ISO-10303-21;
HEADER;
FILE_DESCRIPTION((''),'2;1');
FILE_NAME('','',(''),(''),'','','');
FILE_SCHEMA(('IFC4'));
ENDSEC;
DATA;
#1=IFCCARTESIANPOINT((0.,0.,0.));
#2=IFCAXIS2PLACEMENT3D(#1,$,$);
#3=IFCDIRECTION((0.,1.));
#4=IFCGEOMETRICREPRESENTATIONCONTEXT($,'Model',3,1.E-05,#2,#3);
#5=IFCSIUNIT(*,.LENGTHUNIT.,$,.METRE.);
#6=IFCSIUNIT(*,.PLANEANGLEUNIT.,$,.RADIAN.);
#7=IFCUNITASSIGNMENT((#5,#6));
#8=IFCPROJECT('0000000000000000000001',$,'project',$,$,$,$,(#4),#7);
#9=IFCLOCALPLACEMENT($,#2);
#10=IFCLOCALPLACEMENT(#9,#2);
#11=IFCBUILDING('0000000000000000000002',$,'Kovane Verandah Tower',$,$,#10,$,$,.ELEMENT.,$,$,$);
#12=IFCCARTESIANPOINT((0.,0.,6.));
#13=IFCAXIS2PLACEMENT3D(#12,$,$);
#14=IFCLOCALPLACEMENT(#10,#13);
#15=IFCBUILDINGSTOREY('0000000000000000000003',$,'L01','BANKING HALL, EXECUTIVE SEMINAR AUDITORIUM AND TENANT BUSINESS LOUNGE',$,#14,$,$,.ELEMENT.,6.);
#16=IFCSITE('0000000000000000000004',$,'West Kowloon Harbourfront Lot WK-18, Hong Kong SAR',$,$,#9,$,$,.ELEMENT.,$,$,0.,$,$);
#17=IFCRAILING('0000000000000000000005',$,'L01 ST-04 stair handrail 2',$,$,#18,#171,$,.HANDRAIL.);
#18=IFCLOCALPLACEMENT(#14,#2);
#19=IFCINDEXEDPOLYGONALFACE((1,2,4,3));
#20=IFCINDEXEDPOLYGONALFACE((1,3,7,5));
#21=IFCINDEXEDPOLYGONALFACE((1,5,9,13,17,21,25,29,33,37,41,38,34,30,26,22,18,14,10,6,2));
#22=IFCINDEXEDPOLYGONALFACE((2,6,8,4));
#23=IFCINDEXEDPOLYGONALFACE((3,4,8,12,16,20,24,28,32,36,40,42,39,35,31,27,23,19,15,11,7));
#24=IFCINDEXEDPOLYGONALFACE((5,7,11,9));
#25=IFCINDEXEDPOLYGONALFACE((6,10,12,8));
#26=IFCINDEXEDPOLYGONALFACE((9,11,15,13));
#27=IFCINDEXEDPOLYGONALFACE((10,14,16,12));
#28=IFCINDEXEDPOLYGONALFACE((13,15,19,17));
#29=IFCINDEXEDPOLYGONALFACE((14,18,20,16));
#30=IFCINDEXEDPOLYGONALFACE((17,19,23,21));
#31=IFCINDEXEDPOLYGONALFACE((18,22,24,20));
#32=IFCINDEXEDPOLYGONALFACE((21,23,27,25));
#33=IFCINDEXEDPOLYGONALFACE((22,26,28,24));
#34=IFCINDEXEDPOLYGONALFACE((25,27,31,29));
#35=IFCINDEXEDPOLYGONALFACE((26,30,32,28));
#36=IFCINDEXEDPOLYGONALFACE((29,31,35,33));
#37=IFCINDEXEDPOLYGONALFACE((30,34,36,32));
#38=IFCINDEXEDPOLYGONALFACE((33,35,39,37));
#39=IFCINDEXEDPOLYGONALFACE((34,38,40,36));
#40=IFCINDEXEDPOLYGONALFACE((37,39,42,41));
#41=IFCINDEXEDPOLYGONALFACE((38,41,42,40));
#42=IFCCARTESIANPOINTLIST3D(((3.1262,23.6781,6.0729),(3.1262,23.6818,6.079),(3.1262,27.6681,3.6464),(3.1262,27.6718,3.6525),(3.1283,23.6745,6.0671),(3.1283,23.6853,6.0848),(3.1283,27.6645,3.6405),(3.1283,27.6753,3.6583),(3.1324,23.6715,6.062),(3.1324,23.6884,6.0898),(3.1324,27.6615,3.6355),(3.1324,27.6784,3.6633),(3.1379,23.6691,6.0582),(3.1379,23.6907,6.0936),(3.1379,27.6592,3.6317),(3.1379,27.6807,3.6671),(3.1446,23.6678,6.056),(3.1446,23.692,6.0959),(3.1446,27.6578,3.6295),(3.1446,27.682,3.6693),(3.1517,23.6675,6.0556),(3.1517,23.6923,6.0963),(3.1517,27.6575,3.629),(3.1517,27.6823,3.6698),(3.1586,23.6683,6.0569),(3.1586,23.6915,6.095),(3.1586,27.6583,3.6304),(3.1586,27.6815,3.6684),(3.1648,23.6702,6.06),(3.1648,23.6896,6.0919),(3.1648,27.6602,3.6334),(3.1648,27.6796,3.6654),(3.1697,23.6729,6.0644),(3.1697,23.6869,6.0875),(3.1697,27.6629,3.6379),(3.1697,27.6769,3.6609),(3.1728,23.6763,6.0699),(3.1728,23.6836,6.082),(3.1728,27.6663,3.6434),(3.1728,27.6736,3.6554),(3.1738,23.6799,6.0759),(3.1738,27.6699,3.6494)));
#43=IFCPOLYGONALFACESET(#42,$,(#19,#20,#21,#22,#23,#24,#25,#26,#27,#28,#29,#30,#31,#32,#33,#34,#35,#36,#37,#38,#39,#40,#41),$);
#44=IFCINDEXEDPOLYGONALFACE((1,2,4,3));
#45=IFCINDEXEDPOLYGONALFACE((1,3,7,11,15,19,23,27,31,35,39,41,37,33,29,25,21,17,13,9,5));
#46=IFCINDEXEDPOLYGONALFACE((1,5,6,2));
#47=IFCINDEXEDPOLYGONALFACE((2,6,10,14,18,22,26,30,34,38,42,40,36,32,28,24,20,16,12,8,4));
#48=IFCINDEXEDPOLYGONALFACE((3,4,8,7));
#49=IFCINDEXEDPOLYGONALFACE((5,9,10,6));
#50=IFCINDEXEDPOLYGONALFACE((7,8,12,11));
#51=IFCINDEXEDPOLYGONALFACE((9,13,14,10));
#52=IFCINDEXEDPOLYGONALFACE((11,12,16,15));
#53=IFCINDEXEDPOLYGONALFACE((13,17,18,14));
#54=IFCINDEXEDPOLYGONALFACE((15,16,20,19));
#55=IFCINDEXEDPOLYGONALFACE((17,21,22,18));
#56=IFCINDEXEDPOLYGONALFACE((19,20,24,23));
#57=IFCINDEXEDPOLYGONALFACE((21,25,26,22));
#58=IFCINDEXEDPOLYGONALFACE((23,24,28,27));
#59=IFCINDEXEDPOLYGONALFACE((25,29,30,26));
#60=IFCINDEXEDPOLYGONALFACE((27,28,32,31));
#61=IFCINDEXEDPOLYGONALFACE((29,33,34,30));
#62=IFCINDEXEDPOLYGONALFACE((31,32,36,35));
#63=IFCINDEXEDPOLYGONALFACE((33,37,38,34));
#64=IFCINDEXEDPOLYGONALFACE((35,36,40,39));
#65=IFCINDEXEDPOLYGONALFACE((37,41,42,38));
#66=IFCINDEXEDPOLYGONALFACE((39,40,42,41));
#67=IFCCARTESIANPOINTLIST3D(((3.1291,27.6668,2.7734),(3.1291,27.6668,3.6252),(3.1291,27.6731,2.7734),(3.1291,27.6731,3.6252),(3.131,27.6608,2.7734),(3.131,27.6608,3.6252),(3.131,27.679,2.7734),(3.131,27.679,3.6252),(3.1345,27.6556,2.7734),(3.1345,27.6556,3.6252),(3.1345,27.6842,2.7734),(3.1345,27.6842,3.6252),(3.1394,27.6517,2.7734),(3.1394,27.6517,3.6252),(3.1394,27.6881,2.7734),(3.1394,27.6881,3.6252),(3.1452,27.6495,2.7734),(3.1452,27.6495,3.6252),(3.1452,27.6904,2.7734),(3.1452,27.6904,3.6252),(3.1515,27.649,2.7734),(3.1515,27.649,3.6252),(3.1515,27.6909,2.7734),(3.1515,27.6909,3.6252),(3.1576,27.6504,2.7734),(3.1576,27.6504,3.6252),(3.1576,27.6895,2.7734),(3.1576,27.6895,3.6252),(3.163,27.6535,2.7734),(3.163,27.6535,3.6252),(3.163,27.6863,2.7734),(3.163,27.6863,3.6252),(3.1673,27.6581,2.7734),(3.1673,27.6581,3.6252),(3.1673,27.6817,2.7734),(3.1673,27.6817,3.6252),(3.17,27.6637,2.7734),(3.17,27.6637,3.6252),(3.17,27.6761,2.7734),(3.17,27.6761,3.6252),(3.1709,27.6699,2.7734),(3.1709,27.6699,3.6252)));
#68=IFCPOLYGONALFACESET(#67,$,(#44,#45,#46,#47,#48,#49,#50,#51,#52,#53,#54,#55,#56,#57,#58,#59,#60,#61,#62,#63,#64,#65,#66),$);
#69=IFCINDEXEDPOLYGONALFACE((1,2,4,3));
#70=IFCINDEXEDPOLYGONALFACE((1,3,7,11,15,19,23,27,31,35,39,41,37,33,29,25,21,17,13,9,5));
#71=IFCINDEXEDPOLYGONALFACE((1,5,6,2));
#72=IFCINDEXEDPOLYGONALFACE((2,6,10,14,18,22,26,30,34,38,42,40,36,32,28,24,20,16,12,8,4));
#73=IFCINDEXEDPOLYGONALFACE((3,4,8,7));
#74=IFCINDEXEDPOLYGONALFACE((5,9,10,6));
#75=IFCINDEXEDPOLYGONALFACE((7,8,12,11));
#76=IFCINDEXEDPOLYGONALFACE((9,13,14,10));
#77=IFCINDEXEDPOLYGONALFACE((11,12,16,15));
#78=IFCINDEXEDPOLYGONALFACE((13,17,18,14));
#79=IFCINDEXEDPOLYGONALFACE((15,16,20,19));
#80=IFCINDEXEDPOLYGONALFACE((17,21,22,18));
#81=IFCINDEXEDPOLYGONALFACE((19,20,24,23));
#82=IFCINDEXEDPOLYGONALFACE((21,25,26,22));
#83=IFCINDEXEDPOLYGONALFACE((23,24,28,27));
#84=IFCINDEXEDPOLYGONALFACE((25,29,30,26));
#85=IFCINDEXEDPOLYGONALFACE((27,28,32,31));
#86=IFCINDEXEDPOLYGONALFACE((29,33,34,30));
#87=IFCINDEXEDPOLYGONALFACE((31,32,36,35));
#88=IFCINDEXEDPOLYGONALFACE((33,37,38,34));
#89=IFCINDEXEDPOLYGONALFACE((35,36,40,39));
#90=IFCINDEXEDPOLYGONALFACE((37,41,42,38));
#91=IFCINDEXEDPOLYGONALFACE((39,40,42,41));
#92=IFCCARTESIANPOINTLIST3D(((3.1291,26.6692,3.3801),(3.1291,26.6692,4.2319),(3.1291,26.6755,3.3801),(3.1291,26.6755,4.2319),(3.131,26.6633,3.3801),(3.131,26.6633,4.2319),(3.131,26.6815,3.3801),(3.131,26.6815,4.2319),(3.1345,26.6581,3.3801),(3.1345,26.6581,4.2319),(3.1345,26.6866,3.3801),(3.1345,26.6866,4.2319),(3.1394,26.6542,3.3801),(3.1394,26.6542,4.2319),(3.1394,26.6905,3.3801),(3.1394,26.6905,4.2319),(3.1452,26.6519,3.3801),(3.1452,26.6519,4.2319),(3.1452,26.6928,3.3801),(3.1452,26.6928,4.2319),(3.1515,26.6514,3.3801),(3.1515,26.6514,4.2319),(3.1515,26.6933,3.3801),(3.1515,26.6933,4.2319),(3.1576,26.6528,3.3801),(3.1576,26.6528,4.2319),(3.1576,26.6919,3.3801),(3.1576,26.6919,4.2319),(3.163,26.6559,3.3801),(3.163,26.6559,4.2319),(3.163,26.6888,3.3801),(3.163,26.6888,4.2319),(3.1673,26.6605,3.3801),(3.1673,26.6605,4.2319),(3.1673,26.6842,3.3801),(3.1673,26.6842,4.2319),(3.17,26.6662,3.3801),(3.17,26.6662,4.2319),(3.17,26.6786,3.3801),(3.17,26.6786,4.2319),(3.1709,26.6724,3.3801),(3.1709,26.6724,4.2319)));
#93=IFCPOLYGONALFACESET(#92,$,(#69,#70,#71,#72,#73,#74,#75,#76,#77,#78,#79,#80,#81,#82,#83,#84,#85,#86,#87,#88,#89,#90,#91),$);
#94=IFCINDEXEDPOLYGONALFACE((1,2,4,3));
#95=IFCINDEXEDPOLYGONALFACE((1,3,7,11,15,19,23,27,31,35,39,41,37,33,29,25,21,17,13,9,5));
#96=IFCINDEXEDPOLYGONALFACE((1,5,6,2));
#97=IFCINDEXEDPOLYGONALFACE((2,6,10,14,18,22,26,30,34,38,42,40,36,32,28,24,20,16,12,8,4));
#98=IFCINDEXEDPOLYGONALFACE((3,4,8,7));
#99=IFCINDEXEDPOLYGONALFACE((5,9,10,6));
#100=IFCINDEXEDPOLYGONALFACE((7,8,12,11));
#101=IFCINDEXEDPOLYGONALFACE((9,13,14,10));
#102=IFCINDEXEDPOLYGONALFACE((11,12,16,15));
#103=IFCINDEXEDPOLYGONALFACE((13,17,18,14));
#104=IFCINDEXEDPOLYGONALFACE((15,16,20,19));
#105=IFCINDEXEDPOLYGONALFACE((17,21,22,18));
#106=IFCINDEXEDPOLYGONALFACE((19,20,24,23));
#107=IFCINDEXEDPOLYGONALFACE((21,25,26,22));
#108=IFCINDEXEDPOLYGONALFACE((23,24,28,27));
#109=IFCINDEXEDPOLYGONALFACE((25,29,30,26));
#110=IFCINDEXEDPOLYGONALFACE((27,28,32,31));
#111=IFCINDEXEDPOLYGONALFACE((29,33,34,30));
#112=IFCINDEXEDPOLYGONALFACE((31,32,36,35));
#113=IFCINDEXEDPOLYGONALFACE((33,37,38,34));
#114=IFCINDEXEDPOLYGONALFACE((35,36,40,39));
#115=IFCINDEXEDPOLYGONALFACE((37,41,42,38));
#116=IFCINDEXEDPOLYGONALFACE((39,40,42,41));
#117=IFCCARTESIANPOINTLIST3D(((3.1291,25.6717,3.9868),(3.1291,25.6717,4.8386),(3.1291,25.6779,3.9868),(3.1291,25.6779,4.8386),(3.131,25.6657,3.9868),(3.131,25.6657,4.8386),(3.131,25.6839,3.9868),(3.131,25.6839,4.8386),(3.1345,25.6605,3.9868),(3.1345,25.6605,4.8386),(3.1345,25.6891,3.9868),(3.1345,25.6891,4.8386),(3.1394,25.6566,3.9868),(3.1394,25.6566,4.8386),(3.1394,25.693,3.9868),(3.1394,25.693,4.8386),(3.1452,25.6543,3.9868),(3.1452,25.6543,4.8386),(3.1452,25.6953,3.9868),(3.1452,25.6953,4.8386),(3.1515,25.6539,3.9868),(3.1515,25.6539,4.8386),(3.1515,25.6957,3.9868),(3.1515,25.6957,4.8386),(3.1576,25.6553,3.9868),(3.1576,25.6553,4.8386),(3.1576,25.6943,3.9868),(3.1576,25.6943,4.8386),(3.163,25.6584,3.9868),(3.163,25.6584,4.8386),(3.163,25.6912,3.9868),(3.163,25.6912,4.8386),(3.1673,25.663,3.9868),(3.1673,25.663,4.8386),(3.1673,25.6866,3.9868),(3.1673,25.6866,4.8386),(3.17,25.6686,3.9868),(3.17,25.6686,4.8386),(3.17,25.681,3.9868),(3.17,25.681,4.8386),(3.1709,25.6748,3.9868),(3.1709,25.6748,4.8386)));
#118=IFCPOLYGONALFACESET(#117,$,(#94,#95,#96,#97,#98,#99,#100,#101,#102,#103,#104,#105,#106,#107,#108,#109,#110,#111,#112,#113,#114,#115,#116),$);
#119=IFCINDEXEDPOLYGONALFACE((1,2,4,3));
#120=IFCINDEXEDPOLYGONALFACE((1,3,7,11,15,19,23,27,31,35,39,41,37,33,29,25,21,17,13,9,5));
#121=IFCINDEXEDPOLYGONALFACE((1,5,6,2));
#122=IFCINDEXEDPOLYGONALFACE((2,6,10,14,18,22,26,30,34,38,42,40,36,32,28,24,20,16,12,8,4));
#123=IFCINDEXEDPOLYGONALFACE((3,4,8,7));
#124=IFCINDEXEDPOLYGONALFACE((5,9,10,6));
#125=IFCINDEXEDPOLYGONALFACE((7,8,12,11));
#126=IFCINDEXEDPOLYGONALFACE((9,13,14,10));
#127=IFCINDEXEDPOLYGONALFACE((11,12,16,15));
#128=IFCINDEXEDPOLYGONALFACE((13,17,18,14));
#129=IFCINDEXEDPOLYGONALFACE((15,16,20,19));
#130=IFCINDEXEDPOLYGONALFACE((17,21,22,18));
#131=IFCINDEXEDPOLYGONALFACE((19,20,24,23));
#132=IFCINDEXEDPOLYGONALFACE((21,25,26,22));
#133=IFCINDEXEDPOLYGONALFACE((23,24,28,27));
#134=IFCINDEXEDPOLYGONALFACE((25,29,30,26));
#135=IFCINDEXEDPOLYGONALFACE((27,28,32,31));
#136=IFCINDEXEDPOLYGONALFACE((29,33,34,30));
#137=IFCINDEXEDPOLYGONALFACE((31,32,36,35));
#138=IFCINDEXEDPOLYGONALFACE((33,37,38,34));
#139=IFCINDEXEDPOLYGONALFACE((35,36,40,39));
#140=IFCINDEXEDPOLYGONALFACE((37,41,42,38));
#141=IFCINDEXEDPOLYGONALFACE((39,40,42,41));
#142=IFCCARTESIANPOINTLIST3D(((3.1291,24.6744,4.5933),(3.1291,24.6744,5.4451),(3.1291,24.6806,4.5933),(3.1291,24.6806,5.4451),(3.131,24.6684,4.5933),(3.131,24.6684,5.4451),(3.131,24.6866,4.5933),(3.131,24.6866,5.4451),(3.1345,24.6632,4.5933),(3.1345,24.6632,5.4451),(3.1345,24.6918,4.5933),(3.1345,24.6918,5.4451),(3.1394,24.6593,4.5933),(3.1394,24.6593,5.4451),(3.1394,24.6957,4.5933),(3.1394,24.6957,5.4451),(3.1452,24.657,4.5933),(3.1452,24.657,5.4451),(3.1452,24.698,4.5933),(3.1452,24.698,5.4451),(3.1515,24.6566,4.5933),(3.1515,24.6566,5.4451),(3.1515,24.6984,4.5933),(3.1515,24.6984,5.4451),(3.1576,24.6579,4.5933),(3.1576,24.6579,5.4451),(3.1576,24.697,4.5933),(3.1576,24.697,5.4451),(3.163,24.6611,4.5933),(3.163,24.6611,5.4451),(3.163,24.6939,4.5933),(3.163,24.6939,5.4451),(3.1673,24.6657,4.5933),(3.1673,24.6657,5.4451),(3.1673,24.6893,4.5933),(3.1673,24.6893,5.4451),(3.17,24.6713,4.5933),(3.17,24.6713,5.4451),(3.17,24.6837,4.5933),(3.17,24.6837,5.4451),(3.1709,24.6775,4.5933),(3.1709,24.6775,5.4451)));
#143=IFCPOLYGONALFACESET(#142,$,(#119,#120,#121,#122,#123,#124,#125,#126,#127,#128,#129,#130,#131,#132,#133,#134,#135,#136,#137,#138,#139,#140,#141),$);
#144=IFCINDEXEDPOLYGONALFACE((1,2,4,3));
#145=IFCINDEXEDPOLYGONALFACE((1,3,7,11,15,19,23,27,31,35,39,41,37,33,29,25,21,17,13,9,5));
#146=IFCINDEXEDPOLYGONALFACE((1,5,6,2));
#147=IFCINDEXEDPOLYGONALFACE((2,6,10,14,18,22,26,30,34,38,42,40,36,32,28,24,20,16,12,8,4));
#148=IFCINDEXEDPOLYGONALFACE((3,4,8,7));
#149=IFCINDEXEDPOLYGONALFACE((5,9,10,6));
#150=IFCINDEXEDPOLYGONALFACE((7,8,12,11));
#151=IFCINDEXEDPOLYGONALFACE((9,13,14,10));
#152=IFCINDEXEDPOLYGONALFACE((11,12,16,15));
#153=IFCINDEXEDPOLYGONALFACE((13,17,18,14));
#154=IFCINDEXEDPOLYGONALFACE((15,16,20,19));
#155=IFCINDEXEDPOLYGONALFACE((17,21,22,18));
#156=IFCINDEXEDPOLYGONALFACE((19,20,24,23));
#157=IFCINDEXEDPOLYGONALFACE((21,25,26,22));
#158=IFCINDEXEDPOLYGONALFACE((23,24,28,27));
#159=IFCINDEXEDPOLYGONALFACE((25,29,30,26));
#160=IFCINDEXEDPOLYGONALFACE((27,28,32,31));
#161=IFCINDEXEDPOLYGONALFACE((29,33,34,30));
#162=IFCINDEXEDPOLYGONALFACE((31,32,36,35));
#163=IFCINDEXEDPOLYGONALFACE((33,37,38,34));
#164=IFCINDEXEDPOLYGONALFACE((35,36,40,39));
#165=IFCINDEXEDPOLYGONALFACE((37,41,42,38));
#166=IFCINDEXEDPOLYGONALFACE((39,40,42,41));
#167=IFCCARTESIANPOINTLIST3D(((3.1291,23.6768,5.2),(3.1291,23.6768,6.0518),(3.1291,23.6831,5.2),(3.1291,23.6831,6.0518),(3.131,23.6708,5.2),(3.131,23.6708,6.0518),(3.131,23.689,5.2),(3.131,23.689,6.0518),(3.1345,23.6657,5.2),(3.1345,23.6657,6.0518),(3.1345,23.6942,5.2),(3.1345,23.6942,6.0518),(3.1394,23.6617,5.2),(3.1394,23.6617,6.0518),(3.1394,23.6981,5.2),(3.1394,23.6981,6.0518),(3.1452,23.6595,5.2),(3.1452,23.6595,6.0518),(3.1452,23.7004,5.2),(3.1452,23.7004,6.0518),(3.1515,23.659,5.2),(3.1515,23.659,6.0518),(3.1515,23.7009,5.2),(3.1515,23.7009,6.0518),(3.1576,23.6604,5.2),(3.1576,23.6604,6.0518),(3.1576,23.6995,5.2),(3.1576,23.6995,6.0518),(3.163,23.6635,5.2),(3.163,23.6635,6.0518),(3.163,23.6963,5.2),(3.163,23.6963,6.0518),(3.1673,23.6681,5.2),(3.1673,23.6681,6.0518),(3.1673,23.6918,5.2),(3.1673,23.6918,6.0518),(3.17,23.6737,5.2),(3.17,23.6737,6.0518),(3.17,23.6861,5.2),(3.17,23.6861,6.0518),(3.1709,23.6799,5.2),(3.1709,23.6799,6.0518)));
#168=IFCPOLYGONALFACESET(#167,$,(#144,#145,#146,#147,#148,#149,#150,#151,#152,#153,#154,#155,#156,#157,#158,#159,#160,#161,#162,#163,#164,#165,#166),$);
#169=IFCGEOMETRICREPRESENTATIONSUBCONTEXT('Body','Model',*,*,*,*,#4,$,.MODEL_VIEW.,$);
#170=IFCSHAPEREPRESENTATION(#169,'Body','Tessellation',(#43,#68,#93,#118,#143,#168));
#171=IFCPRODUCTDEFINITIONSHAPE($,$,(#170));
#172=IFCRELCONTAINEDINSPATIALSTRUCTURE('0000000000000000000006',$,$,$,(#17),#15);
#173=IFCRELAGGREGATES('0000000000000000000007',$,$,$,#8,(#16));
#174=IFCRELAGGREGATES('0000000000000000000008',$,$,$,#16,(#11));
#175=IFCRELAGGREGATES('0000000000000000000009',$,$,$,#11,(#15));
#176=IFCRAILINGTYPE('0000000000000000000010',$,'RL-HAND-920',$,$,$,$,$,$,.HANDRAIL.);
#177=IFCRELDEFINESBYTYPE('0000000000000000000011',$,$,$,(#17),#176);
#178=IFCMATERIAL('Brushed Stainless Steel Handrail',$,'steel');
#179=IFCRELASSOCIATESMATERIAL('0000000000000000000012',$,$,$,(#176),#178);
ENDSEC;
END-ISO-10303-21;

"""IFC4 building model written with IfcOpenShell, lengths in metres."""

from ifc_helpers import new_model, si_unit, direction, frame, origin, origin_2d, place, context, subcontext, project, spatial, circle, extrude, material, type_object, element, save


model = new_model("IFC4")

# Units and contexts
model_context = context("Model", 3, precision=1e-05, world=origin(), true_north=direction((0.0, 1.0)))
body_context = subcontext(model_context, "Body", "Model", "MODEL_VIEW")
ifc_project = project(units=[si_unit("LENGTHUNIT", "METRE"), si_unit("PLANEANGLEUNIT", "RADIAN")], contexts=[model_context])

# Site, building, storey
site_placement = place(None, origin())
site = spatial("IfcSite", under=ifc_project, at=site_placement, Name="West Kowloon Harbourfront Lot WK-18, Hong Kong SAR", CompositionType="ELEMENT", RefElevation=0.0)
building_placement = place(site_placement, origin())
building = spatial("IfcBuilding", under=site, at=building_placement, Name="Kovane Verandah Tower", CompositionType="ELEMENT")
storey_placement = place(building_placement, frame((0.0, 0.0, 6.0)))
storey = spatial("IfcBuildingStorey", under=building, at=storey_placement, Name="L01", Description="BANKING HALL, EXECUTIVE SEMINAR AUDITORIUM AND TENANT BUSINESS LOUNGE", CompositionType="ELEMENT", Elevation=6.0)

# Railing
ifc_material_1 = material(Name="Brushed Stainless Steel Handrail", Category="steel")
railing_type_1 = type_object("IfcRailingType", Name="RL-HAND-920", PredefinedType="HANDRAIL", material=ifc_material_1)
railing_1_placement = place(storey_placement, frame((3.1499, 27.6699, 2.7734)))
element("IfcRailing", 1, at=railing_1_placement, inside=storey, type_object=railing_type_1, Name="L01 ST-04 stair handrail 2", PredefinedType="HANDRAIL", context=body_context, shape_type="SweptSolid", body=[
    extrude(circle(Radius=0.0239, at=origin_2d()), frame((0.0, 0.0, 0.876), z_axis=(0.0, -0.854405, 0.519607), x_axis=(1.0, 0.0, 0.0)), (0.0, 0.0, 1.0), 4.6699),
    extrude(circle(Radius=0.021, at=origin_2d()), origin(), (0.0, 0.0, 1.0), 0.8518),
    extrude(circle(Radius=0.021, at=origin_2d()), frame((0.0, -0.9976, 0.6067)), (0.0, 0.0, 1.0), 0.8518),
    extrude(circle(Radius=0.021, at=origin_2d()), frame((0.0, -1.9951, 1.2134)), (0.0, 0.0, 1.0), 0.8518),
    extrude(circle(Radius=0.021, at=origin_2d()), frame((0.0, -2.9924, 1.8198)), (0.0, 0.0, 1.0), 0.8518),
    extrude(circle(Radius=0.021, at=origin_2d()), frame((0.0, -3.99, 2.4265)), (0.0, 0.0, 1.0), 0.8518),
])

save(model, "model.ifc")
